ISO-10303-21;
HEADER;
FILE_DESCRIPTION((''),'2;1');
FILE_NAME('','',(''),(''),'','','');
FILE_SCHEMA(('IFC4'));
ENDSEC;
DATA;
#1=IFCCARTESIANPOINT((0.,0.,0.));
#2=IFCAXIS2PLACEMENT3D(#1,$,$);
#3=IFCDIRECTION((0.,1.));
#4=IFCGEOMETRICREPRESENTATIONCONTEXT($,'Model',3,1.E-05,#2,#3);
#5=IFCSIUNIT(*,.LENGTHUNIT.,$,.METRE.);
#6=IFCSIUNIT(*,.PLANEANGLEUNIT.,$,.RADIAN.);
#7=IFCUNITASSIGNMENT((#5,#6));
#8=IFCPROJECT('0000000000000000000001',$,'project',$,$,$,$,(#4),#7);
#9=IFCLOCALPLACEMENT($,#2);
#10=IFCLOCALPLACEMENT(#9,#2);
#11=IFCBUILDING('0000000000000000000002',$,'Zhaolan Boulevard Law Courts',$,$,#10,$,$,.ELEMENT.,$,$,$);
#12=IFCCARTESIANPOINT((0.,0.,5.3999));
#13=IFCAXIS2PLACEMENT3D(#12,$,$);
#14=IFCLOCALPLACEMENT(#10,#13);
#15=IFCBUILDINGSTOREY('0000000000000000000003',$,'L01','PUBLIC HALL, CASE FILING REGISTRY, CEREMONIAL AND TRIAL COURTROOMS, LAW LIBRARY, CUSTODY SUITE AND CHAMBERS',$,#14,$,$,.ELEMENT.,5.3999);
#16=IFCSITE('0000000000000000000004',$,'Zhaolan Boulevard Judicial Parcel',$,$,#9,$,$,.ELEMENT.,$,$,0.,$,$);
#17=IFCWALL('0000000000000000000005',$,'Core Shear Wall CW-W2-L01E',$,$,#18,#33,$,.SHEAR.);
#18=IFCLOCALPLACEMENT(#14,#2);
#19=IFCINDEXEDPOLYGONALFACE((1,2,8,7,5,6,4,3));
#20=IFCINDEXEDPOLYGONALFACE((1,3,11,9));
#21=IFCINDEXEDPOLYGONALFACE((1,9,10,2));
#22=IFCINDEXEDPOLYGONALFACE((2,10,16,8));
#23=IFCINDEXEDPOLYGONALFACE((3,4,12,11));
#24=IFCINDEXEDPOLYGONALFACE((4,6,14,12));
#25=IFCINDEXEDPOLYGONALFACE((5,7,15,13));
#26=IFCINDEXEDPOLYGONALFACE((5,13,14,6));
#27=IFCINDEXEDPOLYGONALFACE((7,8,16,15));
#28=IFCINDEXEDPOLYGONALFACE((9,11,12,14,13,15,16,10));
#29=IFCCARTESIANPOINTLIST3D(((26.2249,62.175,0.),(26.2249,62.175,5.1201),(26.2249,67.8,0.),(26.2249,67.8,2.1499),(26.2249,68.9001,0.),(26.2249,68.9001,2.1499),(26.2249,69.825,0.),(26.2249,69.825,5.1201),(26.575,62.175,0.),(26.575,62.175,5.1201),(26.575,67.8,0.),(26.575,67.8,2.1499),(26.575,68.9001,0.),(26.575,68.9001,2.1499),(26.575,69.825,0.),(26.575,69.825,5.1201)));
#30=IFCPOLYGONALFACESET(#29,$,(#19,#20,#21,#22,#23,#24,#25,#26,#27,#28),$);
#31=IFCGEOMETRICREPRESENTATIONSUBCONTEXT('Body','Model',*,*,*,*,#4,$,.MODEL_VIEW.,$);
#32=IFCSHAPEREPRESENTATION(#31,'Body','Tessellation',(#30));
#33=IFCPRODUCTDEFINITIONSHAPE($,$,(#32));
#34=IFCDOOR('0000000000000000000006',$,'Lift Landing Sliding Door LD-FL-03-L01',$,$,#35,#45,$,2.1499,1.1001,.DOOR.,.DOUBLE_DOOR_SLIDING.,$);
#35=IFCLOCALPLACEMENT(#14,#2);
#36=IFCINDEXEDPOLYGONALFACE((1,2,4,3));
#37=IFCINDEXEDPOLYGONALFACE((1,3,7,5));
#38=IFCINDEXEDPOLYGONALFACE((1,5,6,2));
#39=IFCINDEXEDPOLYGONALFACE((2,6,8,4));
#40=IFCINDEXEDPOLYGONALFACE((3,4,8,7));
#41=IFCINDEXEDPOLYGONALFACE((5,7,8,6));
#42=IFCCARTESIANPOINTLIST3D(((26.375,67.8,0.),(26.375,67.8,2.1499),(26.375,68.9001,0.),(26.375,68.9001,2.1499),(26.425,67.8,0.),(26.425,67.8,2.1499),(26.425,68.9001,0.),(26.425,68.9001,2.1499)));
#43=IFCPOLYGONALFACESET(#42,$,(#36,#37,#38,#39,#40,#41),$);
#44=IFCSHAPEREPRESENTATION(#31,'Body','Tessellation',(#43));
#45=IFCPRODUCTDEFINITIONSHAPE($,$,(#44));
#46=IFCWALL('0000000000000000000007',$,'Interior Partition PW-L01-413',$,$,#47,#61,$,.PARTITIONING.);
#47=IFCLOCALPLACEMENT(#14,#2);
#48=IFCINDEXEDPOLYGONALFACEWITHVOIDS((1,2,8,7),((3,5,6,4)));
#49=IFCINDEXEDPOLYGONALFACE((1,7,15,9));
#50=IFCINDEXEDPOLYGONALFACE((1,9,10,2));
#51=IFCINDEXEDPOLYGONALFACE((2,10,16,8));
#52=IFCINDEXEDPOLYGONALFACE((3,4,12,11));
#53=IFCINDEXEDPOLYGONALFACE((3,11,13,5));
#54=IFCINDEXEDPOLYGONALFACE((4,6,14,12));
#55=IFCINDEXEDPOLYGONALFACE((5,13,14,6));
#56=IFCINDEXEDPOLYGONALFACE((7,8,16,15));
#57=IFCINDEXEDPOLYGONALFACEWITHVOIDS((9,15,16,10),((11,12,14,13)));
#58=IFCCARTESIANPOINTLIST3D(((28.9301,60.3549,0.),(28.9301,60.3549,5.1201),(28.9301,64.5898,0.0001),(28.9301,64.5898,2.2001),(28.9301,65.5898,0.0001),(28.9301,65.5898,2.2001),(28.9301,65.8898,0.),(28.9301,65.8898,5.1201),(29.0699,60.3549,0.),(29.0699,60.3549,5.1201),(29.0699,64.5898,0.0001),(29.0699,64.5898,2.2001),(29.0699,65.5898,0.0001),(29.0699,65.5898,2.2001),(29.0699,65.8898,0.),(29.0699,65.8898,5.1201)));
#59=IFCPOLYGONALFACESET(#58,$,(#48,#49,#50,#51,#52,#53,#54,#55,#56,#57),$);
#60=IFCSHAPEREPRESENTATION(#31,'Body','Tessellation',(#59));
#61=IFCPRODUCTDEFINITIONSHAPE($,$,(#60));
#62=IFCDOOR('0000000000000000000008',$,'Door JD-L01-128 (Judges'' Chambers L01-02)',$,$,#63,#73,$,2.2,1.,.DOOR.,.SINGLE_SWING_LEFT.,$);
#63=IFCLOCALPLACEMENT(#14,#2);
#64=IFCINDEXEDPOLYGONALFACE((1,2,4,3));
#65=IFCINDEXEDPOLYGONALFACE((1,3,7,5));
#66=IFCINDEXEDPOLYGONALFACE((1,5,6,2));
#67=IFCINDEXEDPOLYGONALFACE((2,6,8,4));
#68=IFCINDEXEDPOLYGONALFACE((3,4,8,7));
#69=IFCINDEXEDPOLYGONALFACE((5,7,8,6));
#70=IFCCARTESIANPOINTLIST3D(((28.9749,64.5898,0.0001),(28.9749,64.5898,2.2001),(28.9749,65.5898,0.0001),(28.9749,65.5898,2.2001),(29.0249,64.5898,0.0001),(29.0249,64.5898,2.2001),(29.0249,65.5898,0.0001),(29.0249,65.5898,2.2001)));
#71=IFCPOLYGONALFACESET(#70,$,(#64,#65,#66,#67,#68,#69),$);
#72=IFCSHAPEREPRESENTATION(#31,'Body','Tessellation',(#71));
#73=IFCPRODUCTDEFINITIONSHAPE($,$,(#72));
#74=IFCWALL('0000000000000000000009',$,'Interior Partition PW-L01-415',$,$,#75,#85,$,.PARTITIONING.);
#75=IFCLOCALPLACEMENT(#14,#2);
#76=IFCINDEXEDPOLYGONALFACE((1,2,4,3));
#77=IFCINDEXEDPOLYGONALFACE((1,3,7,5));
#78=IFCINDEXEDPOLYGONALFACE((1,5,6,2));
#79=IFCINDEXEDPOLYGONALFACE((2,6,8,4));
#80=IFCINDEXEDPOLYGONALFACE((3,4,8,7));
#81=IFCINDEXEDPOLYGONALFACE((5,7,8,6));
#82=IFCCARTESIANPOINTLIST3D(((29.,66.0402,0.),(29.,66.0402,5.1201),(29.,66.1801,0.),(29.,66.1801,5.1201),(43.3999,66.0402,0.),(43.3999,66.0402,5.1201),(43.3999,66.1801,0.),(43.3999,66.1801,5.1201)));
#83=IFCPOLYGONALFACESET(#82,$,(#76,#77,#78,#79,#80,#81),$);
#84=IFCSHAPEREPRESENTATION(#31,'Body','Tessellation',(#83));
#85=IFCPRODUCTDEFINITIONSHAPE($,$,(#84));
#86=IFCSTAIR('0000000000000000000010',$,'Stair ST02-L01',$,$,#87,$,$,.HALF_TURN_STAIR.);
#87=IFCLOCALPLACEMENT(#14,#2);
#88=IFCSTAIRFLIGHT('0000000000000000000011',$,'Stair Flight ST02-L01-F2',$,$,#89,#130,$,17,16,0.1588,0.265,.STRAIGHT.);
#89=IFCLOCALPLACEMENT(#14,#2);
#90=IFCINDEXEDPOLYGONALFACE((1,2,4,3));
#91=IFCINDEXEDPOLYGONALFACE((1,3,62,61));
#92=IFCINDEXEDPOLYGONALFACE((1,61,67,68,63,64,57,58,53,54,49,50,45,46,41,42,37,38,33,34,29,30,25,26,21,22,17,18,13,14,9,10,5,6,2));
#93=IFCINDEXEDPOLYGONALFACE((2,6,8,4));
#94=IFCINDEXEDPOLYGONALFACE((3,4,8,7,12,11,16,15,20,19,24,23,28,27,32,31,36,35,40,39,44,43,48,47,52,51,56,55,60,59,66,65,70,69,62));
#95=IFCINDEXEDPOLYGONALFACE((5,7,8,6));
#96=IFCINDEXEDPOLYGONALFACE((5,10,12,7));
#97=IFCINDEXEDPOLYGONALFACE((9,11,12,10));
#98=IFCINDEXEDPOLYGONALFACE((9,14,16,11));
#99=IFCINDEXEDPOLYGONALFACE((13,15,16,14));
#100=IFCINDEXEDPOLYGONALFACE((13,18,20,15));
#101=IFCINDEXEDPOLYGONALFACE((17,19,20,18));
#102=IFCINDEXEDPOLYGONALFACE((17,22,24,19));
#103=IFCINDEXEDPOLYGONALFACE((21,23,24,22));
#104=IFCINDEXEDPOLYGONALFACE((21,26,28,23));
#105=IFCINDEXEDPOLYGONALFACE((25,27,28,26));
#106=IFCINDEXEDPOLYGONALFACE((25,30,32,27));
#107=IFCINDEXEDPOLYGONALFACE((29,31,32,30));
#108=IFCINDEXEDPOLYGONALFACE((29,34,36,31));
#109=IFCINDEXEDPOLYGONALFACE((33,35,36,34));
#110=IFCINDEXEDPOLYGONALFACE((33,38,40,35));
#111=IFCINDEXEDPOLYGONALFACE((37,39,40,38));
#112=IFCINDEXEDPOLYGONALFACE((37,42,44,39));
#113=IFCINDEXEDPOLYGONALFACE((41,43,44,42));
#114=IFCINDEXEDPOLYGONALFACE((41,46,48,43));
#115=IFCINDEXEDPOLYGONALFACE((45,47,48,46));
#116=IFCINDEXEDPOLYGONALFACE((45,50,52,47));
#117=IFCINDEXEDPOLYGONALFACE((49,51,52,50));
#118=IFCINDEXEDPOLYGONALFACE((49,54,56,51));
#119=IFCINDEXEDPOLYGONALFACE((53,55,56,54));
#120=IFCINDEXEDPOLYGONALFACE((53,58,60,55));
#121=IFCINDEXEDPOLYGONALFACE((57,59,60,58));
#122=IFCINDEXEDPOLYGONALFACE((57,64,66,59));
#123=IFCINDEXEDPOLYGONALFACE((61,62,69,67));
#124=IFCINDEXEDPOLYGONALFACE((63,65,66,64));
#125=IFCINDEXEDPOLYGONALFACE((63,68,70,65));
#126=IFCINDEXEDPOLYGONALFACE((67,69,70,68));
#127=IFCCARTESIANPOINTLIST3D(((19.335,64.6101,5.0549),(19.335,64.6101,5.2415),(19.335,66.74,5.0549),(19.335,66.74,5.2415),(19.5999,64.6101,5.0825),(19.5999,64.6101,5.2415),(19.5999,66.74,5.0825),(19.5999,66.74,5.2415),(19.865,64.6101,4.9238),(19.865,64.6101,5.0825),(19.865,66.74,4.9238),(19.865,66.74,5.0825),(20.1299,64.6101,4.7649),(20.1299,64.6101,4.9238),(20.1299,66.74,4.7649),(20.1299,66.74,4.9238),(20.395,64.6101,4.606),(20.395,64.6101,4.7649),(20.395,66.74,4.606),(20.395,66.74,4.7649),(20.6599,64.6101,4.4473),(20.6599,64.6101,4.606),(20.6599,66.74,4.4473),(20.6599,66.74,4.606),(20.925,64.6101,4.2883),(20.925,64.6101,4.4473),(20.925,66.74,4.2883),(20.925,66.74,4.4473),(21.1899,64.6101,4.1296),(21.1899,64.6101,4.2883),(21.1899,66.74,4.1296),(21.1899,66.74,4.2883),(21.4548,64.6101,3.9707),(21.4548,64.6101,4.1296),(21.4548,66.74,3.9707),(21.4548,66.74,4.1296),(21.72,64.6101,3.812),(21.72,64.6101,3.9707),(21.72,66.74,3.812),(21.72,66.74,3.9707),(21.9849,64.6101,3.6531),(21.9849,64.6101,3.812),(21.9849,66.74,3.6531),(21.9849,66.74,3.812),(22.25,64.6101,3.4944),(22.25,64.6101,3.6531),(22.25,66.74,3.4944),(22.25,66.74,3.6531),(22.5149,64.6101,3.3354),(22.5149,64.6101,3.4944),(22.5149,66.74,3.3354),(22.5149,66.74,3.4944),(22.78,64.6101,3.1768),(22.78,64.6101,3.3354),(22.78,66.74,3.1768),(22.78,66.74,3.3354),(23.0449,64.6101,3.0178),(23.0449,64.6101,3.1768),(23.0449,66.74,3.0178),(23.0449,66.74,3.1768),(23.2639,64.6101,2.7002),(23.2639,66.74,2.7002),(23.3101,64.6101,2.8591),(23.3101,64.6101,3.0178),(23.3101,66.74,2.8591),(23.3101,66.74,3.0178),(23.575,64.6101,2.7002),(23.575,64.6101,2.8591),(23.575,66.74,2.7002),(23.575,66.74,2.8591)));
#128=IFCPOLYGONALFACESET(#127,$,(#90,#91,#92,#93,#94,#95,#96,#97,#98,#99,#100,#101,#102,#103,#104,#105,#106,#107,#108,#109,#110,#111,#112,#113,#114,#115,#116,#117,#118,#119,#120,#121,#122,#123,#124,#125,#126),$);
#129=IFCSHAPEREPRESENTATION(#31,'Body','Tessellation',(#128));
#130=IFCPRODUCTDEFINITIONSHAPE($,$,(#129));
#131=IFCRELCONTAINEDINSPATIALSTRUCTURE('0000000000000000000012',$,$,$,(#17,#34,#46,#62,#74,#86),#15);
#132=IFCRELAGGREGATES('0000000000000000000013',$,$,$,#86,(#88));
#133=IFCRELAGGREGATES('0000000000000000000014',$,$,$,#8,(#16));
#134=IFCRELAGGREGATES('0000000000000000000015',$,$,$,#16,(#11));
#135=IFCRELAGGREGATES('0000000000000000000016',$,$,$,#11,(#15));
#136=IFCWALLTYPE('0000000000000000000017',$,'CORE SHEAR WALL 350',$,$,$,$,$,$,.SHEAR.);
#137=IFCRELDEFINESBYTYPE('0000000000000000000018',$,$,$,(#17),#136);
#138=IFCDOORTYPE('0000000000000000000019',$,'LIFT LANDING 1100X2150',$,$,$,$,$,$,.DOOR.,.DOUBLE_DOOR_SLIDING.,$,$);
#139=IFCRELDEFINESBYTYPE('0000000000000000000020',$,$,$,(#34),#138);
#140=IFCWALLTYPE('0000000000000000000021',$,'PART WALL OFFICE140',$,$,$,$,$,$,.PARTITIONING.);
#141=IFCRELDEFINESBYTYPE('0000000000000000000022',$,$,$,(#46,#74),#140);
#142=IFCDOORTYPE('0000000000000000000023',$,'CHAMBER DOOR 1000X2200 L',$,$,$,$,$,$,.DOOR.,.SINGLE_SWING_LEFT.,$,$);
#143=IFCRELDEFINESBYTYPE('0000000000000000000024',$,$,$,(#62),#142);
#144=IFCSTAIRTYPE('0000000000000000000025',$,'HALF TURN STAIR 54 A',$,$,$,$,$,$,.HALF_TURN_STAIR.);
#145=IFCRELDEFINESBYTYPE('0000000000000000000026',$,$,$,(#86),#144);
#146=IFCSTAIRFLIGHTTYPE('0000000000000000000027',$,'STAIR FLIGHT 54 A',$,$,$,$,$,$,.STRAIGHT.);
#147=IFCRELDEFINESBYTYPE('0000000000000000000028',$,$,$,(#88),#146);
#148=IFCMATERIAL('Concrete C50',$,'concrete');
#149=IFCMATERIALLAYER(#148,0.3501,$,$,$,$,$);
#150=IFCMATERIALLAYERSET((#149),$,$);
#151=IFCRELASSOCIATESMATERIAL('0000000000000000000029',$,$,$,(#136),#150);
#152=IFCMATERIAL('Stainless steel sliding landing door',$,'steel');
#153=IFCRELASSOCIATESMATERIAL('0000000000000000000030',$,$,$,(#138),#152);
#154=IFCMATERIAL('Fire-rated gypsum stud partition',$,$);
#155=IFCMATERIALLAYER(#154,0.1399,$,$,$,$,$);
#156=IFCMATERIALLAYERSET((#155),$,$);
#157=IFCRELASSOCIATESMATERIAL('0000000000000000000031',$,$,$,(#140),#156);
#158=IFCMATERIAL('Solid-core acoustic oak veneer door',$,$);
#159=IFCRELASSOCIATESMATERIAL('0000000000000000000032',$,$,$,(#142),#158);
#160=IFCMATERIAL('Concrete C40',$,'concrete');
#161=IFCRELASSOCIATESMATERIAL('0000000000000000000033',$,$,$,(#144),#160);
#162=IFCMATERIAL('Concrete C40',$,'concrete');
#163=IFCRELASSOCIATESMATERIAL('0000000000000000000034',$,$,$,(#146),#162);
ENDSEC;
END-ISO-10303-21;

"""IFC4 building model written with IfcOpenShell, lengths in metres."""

from ifc_helpers import new_model, si_unit, direction, frame, frame_2d, origin, place, context, subcontext, project, spatial, polyline, rectangle, outline, extrude, material, layer, layer_set, type_object, element, fill, aggregate, save


model = new_model("IFC4")

# Units and contexts
model_context = context("Model", 3, precision=1e-05, world=origin(), true_north=direction((0.0, 1.0)))
body_context = subcontext(model_context, "Body", "Model", "MODEL_VIEW")
ifc_project = project(units=[si_unit("LENGTHUNIT", "METRE"), si_unit("PLANEANGLEUNIT", "RADIAN")], contexts=[model_context])

# Site, building, storey
site_placement = place(None, origin())
site = spatial("IfcSite", under=ifc_project, at=site_placement, Name="Zhaolan Boulevard Judicial Parcel", CompositionType="ELEMENT", RefElevation=0.0)
building_placement = place(site_placement, origin())
building = spatial("IfcBuilding", under=site, at=building_placement, Name="Zhaolan Boulevard Law Courts", CompositionType="ELEMENT")
storey_placement = place(building_placement, frame((0.0, 0.0, 5.3999)))
storey = spatial("IfcBuildingStorey", under=building, at=storey_placement, Name="L01", Description="PUBLIC HALL, CASE FILING REGISTRY, CEREMONIAL AND TRIAL COURTROOMS, LAW LIBRARY, CUSTODY SUITE AND CHAMBERS", CompositionType="ELEMENT", Elevation=5.3999)

# Walls, openings, doors
ifc_material_1 = material(Name="Concrete C50", Category="concrete")
ifc_layer_1 = layer(ifc_material_1, 0.3501)
ifc_layer_set_1 = layer_set([ifc_layer_1])
wall_type_1 = type_object("IfcWallType", Name="CORE SHEAR WALL 350", PredefinedType="SHEAR", material=ifc_layer_set_1)
wall_1_placement = place(storey_placement, frame((26.3999, 62.175, 0.0), z_axis=(0.0, 0.0, 1.0), x_axis=(0.0, 1.0, 0.0)))
wall_1 = element("IfcWall", 1, at=wall_1_placement, inside=storey, type_object=wall_type_1, Name="Core Shear Wall CW-W2-L01E", PredefinedType="SHEAR", context=body_context, shape_type="SweptSolid", body=[
    extrude(rectangle(XDim=7.6499, YDim=0.3501, at=frame_2d((3.825, 0.0))), origin(), (0.0, 0.0, 1.0), 5.1201),
])
opening_1_placement = place(wall_1_placement, frame((5.625, 0.0, 0.0)))
opening_1 = element("IfcOpeningElement", 2, at=opening_1_placement, cuts=wall_1, PredefinedType="OPENING", context=body_context, shape_type="SweptSolid", body=[
    extrude(rectangle(XDim=1.1001, YDim=2.1499, at=frame_2d((0.55, 1.075))), frame((0.0, 0.1851, 0.0), z_axis=(0.0, -1.0, 0.0), x_axis=(1.0, 0.0, 0.0)), (0.0, 0.0, 1.0), 0.3701),
])
ifc_material_2 = material(Name="Stainless steel sliding landing door", Category="steel")
door_type_1 = type_object("IfcDoorType", Name="LIFT LANDING 1100X2150", OperationType="DOUBLE_DOOR_SLIDING", PredefinedType="DOOR", material=ifc_material_2)
door_1_placement = place(opening_1_placement, origin())
door_1 = element("IfcDoor", 3, at=door_1_placement, inside=storey, type_object=door_type_1, Name="Lift Landing Sliding Door LD-FL-03-L01", OperationType="DOUBLE_DOOR_SLIDING", OverallHeight=2.1499, OverallWidth=1.1001, PredefinedType="DOOR", context=body_context, shape_type="SweptSolid", body=[
    extrude(rectangle(XDim=1.1001, YDim=2.1499, at=frame_2d((0.55, 1.075))), frame((0.0, 0.0249, 0.0), z_axis=(0.0, -1.0, 0.0), x_axis=(1.0, 0.0, 0.0)), (0.0, 0.0, 1.0), 0.05),
])
fill(opening_1, door_1)
ifc_material_3 = material(Name="Fire-rated gypsum stud partition")
ifc_layer_2 = layer(ifc_material_3, 0.1399)
ifc_layer_set_2 = layer_set([ifc_layer_2])
wall_type_2 = type_object("IfcWallType", Name="PART WALL OFFICE140", PredefinedType="PARTITIONING", material=ifc_layer_set_2)
wall_2_placement = place(storey_placement, frame((29.0, 65.8899, 0.0), z_axis=(0.0, 0.0, 1.0), x_axis=(0.0, -1.0, 0.0)))
wall_2 = element("IfcWall", 4, at=wall_2_placement, inside=storey, type_object=wall_type_2, Name="Interior Partition PW-L01-413", PredefinedType="PARTITIONING", context=body_context, shape_type="SweptSolid", body=[
    extrude(rectangle(XDim=5.5349, YDim=0.1399, at=frame_2d((2.7676, 0.0))), origin(), (0.0, 0.0, 1.0), 5.1201),
])
opening_2_placement = place(wall_2_placement, frame((0.3, 0.0, 0.0)))
opening_2 = element("IfcOpeningElement", 5, at=opening_2_placement, cuts=wall_2, PredefinedType="OPENING", context=body_context, shape_type="SweptSolid", body=[
    extrude(rectangle(XDim=1.0, YDim=2.2, at=frame_2d((0.5, 1.1001))), frame((0.0, 0.0798, 0.0), z_axis=(0.0, -1.0, 0.0), x_axis=(1.0, 0.0, 0.0)), (0.0, 0.0, 1.0), 0.1599),
])
ifc_material_4 = material(Name="Solid-core acoustic oak veneer door")
door_type_2 = type_object("IfcDoorType", Name="CHAMBER DOOR 1000X2200 L", OperationType="SINGLE_SWING_LEFT", PredefinedType="DOOR", material=ifc_material_4)
door_2_placement = place(opening_2_placement, origin())
door_2 = element("IfcDoor", 6, at=door_2_placement, inside=storey, type_object=door_type_2, Name="Door JD-L01-128 (Judges' Chambers L01-02)", OperationType="SINGLE_SWING_LEFT", OverallHeight=2.2, OverallWidth=1.0, PredefinedType="DOOR", context=body_context, shape_type="SweptSolid", body=[
    extrude(rectangle(XDim=1.0, YDim=2.2, at=frame_2d((0.5, 1.1001))), frame((0.0, 0.0249, 0.0), z_axis=(0.0, -1.0, 0.0), x_axis=(1.0, 0.0, 0.0)), (0.0, 0.0, 1.0), 0.05),
])
fill(opening_2, door_2)

# Wall
wall_3_placement = place(storey_placement, frame((29.0, 66.1101, 0.0), z_axis=(0.0, 0.0, 1.0), x_axis=(1.0, 0.0, 0.0)))
element("IfcWall", 7, at=wall_3_placement, inside=storey, type_object=wall_type_2, Name="Interior Partition PW-L01-415", PredefinedType="PARTITIONING", context=body_context, shape_type="SweptSolid", body=[
    extrude(rectangle(XDim=14.3999, YDim=0.1399, at=frame_2d((7.2, 0.0))), origin(), (0.0, 0.0, 1.0), 5.1201),
])

# Stair, stair flight
ifc_material_5 = material(Name="Concrete C40", Category="concrete")
stair_type = type_object("IfcStairType", Name="HALF TURN STAIR 54 A", PredefinedType="HALF_TURN_STAIR", material=ifc_material_5)
stair_placement = place(storey_placement, origin())
stair = element("IfcStair", 8, at=stair_placement, inside=storey, type_object=stair_type, Name="Stair ST02-L01", PredefinedType="HALF_TURN_STAIR")
ifc_material_6 = material(Name="Concrete C40", Category="concrete")
stair_flight_type = type_object("IfcStairFlightType", Name="STAIR FLIGHT 54 A", PredefinedType="STRAIGHT", material=ifc_material_6)
stair_flight_placement = place(storey_placement, frame((23.575, 65.675, 2.7002), z_axis=(0.0, 0.0, 1.0), x_axis=(-1.0, 0.0, 0.0)))
stair_flight = element("IfcStairFlight", 9, at=stair_flight_placement, type_object=stair_flight_type, Name="Stair Flight ST02-L01-F2", NumberOfRisers=17, NumberOfTreads=16, PredefinedType="STRAIGHT", RiserHeight=0.1588, TreadLength=0.265, context=body_context, shape_type="SweptSolid", body=[
    extrude(outline(polyline([(0.0, 0.0), (0.0, 0.1589), (0.2649, 0.1589), (0.2649, 0.3176), (0.53, 0.3176), (0.53, 0.4766), (0.7949, 0.4766), (0.7949, 0.6353), (1.0601, 0.6353), (1.0601, 0.7942), (1.325, 0.7942), (1.325, 0.9529), (1.5901, 0.9529), (1.5901, 1.1118), (1.855, 1.1118), (1.855, 1.2705), (2.1201, 1.2705), (2.1201, 1.4294), (2.385, 1.4294), (2.385, 1.5881), (2.6499, 1.5881), (2.6499, 1.7471), (2.915, 1.7471), (2.915, 1.9058), (3.1799, 1.9058), (3.1799, 2.0647), (3.4451, 2.0647), (3.4451, 2.2236), (3.71, 2.2236), (3.71, 2.3823), (3.9751, 2.3823), (3.9751, 2.5413), (4.24, 2.5413), (4.24, 2.7), (4.24, 2.3547), (0.311, 0.0), (0.0, 0.0)])), frame((0.0, 1.0649, 0.0), z_axis=(0.0, -1.0, 0.0), x_axis=(1.0, 0.0, 0.0)), (0.0, 0.0, 1.0), 2.1299),
])
aggregate(stair, [stair_flight])

save(model, "model.ifc")
